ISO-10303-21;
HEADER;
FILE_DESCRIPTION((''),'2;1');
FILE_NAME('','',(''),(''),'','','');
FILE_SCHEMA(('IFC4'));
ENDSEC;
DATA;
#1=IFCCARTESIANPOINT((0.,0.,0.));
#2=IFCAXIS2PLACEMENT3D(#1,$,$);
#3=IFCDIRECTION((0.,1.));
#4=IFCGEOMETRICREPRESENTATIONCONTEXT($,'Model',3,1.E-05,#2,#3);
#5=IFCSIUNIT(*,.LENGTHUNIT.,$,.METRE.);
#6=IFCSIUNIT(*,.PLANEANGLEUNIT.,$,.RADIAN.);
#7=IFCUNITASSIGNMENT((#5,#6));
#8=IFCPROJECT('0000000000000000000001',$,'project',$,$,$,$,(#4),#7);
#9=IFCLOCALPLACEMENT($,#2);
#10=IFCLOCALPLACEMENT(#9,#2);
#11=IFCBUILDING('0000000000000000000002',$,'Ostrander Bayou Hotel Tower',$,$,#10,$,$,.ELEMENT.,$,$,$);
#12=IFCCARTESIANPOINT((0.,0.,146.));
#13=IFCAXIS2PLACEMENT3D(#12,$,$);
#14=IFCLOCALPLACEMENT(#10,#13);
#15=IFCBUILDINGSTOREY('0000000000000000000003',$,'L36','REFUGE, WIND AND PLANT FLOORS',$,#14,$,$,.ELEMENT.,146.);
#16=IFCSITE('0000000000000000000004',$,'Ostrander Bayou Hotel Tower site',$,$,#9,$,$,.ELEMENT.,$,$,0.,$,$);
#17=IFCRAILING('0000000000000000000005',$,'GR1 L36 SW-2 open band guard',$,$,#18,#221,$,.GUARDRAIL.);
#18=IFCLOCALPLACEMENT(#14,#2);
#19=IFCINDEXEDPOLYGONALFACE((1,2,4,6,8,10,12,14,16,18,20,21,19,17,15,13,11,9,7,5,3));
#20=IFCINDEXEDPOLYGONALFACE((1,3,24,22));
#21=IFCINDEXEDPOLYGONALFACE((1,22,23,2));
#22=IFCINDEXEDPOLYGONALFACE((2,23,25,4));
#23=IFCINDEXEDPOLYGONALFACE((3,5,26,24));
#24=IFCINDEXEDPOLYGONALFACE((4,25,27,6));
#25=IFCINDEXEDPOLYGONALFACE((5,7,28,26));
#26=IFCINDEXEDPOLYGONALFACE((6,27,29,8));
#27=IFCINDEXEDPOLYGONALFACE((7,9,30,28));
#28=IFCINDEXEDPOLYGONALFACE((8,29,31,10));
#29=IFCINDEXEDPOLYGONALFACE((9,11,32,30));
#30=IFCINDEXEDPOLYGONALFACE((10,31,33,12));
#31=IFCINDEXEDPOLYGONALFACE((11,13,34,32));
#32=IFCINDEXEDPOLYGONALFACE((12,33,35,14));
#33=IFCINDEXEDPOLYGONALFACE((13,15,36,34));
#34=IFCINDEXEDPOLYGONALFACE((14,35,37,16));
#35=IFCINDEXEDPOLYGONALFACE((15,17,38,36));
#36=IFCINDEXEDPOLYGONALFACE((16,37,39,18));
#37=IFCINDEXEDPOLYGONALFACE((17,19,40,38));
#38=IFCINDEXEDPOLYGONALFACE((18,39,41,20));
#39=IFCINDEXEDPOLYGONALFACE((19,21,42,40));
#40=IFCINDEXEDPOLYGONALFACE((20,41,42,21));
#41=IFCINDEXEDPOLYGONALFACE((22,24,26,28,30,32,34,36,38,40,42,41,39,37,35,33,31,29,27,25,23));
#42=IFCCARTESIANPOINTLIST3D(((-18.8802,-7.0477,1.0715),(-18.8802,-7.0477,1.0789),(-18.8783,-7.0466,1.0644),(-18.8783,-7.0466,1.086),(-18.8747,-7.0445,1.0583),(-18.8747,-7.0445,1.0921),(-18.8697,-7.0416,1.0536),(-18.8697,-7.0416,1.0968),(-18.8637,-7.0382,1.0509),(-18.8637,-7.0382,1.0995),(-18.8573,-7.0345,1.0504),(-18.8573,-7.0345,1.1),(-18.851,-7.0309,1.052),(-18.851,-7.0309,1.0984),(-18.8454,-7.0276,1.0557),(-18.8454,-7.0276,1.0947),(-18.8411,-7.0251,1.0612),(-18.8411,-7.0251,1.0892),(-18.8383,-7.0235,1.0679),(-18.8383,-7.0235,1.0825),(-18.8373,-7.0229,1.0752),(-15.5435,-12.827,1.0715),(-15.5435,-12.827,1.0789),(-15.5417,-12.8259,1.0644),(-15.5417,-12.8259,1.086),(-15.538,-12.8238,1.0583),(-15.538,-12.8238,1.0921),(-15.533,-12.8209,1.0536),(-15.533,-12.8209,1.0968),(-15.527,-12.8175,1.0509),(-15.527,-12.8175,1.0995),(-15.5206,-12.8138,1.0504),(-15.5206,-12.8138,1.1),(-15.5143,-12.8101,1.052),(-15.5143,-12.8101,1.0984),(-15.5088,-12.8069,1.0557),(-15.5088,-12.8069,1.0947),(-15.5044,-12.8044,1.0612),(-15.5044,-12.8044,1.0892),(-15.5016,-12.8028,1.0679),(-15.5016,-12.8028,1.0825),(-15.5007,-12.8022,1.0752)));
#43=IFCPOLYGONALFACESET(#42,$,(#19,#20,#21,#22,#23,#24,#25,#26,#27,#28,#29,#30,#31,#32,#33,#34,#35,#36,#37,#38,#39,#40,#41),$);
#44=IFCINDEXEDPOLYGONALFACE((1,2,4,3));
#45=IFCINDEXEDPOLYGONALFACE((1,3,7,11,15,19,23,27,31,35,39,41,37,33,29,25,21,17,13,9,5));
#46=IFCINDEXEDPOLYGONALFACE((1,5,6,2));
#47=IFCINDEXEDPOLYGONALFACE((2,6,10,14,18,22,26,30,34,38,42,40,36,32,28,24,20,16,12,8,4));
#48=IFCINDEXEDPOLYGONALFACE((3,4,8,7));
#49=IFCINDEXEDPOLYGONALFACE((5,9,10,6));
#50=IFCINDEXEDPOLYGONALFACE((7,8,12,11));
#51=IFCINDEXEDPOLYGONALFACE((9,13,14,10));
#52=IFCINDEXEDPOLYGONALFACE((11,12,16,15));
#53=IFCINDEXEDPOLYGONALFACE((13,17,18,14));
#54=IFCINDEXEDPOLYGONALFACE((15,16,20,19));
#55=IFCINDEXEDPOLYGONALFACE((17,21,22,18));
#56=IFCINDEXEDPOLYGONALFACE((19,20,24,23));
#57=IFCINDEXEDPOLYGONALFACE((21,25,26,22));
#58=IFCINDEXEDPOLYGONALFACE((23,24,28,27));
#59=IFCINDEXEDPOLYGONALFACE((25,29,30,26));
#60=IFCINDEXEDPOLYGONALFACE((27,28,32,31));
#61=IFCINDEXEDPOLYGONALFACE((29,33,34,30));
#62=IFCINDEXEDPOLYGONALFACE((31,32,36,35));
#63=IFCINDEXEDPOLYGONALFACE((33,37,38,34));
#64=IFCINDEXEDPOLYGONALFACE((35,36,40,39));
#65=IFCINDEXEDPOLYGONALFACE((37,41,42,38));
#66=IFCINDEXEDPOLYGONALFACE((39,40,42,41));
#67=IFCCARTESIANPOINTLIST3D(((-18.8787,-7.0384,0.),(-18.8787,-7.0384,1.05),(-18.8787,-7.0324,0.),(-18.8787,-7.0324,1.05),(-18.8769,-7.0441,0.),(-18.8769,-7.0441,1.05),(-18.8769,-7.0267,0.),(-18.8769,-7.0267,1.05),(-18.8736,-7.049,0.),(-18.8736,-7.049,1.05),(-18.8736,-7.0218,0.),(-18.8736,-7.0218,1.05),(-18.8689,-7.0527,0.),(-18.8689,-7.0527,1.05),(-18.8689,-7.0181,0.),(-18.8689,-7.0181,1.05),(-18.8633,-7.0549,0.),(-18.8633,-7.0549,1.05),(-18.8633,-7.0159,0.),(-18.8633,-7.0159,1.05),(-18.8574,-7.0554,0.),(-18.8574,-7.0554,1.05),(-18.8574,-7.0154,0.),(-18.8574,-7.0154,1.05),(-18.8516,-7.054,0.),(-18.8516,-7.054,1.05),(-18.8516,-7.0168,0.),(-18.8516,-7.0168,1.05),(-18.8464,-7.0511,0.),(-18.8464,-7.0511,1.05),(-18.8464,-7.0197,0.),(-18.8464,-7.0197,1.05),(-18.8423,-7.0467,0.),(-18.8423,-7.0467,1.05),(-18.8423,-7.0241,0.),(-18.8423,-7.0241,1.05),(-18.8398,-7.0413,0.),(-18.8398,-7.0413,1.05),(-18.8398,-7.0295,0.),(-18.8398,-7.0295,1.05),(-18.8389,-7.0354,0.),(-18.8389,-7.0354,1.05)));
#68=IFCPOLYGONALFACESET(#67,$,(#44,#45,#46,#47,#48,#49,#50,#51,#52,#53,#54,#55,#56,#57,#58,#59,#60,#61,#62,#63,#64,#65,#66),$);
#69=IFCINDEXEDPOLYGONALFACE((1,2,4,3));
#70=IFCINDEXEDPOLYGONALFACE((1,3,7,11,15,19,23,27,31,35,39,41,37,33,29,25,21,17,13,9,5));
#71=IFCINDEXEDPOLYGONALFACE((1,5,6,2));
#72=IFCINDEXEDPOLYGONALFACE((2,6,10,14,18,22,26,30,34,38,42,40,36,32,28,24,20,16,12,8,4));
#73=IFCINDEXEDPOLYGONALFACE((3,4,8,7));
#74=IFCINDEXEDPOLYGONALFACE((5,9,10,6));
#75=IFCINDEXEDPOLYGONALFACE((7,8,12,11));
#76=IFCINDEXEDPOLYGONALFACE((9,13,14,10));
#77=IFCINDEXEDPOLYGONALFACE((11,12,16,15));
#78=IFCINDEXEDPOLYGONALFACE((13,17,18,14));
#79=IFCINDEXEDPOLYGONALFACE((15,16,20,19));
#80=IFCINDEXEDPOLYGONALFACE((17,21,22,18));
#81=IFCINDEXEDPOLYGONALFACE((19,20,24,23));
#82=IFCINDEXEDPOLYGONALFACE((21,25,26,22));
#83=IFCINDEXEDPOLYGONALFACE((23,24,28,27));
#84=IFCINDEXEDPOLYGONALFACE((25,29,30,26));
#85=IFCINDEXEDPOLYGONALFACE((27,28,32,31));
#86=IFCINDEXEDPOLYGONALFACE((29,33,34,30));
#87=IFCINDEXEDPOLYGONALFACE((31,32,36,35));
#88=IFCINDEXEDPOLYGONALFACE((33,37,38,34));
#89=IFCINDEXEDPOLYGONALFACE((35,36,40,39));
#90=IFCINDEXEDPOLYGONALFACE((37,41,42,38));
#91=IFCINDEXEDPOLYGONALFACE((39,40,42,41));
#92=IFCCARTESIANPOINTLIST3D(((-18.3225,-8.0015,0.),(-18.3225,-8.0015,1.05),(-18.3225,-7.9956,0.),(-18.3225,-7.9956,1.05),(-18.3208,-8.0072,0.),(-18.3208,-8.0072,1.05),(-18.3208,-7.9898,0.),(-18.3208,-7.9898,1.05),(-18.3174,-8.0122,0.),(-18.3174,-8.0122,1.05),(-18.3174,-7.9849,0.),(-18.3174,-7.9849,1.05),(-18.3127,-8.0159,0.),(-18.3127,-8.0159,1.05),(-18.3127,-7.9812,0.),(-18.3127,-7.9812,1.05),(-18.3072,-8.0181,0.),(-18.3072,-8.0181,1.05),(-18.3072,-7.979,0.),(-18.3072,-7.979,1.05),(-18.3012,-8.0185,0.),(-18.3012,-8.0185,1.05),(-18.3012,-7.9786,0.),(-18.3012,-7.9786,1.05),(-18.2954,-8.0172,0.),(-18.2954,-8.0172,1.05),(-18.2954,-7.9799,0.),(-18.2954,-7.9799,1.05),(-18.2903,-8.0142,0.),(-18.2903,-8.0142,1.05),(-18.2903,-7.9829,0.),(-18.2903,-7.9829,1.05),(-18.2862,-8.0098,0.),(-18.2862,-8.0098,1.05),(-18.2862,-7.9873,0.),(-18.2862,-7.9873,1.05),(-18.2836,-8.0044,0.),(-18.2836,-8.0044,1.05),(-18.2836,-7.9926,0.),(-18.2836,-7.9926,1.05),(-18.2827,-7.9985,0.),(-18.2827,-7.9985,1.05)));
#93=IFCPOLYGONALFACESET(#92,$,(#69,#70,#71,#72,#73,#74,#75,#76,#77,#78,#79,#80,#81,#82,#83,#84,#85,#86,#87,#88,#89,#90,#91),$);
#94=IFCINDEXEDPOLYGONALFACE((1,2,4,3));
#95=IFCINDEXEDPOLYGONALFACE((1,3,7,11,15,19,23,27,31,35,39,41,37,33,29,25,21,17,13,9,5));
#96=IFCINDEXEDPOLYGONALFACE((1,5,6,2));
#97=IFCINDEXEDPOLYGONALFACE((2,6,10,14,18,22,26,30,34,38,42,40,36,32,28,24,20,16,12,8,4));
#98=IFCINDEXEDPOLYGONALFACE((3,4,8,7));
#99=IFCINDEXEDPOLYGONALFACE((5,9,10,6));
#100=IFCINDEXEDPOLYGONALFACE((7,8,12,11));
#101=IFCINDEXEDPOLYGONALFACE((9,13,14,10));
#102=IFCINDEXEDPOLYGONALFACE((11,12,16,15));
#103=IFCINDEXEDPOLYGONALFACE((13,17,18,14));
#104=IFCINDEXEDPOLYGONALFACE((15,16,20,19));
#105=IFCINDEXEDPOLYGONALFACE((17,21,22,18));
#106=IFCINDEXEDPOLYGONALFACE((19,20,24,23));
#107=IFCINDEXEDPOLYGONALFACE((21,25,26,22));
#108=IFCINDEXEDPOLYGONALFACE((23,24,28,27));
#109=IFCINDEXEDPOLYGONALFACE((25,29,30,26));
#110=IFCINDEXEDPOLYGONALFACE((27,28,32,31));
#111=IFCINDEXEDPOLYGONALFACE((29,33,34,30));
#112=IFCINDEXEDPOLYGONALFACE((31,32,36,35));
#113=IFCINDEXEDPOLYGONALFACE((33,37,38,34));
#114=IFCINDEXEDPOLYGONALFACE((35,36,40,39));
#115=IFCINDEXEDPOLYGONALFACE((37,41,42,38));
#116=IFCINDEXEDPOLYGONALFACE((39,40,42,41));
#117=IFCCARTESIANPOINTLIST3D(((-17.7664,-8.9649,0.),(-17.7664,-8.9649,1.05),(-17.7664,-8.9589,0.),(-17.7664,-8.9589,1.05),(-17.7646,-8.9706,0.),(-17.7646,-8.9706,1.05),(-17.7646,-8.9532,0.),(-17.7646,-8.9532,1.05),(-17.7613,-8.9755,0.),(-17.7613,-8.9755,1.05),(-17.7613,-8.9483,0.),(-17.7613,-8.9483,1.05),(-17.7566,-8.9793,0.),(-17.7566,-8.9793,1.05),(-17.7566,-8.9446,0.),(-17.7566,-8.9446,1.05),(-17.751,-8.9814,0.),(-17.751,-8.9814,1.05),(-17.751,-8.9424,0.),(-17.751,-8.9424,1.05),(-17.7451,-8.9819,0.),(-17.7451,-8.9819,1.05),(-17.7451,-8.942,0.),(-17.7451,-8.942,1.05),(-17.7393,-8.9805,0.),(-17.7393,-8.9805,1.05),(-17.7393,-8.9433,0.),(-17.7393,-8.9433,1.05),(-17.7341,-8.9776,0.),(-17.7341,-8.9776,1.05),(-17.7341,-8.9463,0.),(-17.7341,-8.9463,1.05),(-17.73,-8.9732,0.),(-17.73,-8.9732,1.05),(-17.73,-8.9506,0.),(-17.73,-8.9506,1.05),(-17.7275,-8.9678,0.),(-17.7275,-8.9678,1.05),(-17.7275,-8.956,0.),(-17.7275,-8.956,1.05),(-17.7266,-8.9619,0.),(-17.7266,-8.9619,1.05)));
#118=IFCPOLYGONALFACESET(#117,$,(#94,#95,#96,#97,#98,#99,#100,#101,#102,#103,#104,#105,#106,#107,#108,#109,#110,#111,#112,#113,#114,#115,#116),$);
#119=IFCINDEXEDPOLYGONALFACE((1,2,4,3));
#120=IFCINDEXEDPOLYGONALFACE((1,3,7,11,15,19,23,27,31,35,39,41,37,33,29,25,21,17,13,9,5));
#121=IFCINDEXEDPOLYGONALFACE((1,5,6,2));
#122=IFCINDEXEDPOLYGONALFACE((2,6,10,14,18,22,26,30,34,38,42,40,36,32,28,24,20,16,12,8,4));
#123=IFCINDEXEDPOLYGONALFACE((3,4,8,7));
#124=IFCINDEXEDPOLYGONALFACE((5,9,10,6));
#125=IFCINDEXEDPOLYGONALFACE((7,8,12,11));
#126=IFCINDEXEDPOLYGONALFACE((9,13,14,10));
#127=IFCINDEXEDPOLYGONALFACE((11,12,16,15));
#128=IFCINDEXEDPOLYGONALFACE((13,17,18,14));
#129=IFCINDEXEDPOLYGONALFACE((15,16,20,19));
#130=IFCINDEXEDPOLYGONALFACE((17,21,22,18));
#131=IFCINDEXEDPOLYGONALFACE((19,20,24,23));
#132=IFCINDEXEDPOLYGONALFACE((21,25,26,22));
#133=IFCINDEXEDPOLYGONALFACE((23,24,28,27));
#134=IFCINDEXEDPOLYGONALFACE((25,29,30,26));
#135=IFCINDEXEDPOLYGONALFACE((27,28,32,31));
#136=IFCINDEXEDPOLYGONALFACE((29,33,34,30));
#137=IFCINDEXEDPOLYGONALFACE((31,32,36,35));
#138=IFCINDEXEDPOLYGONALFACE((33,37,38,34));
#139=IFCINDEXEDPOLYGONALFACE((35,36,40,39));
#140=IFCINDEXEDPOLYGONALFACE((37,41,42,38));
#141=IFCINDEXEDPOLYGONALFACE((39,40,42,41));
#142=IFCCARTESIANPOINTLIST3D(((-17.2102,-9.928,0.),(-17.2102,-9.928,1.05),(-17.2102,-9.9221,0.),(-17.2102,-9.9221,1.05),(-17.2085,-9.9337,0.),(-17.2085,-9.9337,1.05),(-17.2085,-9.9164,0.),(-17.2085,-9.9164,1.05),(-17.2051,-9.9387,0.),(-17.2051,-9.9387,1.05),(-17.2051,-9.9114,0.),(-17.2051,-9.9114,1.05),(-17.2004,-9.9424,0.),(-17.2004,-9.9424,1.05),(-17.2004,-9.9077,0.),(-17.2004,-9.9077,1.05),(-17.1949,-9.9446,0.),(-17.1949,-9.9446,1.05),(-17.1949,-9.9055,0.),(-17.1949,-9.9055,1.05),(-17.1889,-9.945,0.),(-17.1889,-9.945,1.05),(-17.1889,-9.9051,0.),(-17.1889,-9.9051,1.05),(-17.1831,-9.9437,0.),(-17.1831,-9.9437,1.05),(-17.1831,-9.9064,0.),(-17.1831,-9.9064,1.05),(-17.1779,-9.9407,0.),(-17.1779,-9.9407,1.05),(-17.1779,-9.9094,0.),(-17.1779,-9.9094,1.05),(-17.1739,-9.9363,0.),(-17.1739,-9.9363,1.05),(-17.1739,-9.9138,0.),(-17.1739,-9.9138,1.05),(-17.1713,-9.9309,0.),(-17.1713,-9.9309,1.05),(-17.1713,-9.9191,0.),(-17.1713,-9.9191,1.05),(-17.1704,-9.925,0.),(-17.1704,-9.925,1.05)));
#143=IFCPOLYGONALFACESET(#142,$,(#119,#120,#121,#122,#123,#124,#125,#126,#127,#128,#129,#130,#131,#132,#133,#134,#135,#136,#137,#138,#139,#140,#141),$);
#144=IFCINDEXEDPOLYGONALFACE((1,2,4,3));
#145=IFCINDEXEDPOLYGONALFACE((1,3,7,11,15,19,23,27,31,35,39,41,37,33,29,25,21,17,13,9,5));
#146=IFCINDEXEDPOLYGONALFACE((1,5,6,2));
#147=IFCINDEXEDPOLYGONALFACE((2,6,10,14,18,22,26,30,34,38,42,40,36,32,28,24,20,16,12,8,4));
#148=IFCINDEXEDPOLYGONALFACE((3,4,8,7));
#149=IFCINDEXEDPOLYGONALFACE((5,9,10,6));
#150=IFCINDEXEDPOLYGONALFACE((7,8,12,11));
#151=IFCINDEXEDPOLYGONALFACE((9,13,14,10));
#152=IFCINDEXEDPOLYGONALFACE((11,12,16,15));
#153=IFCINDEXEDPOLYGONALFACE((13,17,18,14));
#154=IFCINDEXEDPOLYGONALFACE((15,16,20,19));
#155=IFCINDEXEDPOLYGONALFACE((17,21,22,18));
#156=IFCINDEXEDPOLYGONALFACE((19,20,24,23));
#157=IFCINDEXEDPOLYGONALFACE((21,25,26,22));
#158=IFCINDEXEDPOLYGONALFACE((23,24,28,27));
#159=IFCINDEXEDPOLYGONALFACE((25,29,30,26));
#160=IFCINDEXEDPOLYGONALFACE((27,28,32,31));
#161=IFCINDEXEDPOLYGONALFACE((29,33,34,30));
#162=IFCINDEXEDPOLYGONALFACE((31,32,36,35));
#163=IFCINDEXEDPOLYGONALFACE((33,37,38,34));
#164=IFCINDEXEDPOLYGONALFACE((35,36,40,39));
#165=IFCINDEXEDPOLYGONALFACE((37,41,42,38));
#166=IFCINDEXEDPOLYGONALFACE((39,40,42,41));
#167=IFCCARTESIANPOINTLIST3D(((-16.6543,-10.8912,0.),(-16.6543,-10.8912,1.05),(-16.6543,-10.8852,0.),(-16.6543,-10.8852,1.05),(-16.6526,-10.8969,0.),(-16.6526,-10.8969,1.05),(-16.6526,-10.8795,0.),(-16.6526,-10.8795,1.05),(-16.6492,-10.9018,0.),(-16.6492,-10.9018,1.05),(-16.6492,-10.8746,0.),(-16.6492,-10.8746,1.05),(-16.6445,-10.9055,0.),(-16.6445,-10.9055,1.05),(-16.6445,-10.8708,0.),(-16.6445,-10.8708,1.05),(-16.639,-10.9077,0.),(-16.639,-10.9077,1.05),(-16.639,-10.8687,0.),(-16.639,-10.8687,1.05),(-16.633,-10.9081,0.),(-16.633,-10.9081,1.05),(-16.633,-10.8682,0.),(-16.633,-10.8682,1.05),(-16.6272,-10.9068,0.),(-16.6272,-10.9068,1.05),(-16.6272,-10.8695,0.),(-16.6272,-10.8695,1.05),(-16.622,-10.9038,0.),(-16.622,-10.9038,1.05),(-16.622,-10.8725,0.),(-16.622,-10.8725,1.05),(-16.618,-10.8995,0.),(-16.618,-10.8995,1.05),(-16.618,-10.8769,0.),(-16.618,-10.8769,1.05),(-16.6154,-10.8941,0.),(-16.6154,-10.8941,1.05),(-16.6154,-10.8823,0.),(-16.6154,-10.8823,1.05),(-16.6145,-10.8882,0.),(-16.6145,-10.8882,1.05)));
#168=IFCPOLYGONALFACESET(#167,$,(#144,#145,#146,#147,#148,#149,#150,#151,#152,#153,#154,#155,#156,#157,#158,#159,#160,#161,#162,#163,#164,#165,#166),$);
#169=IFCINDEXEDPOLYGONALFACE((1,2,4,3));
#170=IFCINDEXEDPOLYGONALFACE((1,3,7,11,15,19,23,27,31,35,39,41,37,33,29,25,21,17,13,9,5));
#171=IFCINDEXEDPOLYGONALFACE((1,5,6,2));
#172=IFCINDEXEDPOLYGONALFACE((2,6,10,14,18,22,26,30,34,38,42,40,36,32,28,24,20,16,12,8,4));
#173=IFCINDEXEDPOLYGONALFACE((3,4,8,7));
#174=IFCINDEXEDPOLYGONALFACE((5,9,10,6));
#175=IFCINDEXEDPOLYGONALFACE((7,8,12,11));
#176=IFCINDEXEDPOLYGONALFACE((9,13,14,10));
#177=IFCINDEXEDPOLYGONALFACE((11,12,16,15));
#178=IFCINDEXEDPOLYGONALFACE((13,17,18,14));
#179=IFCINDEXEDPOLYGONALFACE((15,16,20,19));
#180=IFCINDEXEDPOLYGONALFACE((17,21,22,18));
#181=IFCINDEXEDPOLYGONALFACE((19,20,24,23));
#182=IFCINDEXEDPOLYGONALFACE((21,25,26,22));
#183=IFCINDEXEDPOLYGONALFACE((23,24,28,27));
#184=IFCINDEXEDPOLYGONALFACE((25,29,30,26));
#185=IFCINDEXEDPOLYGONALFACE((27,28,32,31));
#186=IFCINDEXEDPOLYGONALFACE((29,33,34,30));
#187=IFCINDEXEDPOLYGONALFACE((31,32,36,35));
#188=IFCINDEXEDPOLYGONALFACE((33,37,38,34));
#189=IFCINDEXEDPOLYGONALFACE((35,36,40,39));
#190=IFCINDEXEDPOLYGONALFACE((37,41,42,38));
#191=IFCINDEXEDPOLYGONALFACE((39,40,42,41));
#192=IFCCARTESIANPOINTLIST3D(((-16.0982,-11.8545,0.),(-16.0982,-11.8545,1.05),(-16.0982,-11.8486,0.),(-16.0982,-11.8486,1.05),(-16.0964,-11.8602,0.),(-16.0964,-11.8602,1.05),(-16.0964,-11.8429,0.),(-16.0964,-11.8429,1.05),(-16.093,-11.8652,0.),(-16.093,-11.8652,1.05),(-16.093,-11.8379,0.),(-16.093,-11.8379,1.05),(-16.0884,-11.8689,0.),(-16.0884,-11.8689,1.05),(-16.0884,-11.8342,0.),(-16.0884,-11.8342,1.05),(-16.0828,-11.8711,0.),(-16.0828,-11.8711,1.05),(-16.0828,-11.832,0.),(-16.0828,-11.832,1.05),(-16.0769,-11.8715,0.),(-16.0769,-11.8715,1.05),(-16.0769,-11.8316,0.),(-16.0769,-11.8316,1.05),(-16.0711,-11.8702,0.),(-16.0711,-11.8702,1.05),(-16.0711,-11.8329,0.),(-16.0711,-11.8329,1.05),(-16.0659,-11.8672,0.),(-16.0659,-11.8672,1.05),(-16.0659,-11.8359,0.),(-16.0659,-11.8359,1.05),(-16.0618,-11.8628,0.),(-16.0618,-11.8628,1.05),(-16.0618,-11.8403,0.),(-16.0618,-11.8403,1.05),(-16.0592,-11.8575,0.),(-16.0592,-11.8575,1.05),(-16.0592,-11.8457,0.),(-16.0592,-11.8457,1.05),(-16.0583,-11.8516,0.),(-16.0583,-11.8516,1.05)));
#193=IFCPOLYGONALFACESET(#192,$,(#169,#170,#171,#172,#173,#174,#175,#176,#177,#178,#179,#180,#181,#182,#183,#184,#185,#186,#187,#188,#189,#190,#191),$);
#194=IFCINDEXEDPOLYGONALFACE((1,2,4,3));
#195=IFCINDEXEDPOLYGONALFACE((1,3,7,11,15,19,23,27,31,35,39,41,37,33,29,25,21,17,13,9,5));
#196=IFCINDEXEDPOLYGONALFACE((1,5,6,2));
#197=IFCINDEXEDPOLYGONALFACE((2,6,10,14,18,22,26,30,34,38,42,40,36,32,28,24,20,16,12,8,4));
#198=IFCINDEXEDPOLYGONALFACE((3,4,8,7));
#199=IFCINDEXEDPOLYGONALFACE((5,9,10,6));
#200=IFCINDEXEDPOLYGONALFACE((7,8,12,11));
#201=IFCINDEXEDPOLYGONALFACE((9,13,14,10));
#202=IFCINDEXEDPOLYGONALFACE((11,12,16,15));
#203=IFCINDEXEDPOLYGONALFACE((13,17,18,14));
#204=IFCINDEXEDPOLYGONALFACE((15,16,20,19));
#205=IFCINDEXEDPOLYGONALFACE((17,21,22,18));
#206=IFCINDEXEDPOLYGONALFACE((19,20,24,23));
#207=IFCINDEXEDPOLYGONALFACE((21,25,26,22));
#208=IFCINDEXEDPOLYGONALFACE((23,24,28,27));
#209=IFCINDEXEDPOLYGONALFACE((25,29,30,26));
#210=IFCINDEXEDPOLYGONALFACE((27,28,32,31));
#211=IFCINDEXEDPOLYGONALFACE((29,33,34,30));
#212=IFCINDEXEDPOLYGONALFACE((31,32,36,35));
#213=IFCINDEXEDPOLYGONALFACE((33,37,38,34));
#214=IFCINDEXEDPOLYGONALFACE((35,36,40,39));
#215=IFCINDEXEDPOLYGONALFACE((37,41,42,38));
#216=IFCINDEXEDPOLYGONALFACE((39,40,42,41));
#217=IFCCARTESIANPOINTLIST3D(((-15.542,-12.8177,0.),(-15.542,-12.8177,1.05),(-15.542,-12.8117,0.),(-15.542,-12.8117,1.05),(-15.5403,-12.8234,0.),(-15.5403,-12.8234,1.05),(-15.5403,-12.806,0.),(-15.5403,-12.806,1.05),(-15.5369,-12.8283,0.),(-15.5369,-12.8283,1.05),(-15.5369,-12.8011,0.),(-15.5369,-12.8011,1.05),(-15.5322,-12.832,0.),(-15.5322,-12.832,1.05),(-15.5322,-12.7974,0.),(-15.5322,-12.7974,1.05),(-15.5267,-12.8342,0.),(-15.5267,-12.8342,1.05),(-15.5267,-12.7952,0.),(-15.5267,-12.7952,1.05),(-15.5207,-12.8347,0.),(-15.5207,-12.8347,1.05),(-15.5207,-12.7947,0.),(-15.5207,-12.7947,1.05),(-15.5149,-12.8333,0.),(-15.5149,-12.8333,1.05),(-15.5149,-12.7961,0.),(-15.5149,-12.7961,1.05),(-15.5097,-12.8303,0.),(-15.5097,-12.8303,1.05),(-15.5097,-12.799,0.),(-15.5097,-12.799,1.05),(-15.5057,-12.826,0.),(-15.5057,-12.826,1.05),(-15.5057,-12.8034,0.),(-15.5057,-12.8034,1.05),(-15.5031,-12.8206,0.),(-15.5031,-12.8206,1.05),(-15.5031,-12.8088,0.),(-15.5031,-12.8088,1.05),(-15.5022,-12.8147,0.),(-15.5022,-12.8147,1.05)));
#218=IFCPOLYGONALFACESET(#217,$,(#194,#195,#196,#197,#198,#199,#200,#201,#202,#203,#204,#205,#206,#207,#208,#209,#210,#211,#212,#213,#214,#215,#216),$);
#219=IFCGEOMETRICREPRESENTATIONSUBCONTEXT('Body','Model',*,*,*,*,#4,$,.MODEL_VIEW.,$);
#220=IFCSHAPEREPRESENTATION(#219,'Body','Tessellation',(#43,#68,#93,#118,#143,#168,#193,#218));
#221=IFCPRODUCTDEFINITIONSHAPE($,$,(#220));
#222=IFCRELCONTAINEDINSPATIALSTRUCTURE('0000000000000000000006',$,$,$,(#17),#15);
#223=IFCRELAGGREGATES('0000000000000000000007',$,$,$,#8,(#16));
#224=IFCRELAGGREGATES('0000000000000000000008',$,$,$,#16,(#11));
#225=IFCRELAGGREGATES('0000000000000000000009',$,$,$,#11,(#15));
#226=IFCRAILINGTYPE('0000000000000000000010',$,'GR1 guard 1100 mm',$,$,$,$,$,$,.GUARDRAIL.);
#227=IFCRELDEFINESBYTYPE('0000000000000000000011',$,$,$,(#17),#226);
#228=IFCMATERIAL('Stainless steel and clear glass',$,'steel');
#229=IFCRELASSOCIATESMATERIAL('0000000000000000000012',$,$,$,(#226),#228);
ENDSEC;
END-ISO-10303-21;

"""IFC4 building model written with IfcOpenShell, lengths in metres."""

from ifc_helpers import new_model, si_unit, direction, frame, origin, origin_2d, place, context, subcontext, project, spatial, circle, extrude, material, type_object, element, save


model = new_model("IFC4")

# Units and contexts
model_context = context("Model", 3, precision=1e-05, world=origin(), true_north=direction((0.0, 1.0)))
body_context = subcontext(model_context, "Body", "Model", "MODEL_VIEW")
ifc_project = project(units=[si_unit("LENGTHUNIT", "METRE"), si_unit("PLANEANGLEUNIT", "RADIAN")], contexts=[model_context])

# Site, building, storey
site_placement = place(None, origin())
site = spatial("IfcSite", under=ifc_project, at=site_placement, Name="Ostrander Bayou Hotel Tower site", CompositionType="ELEMENT", RefElevation=0.0)
building_placement = place(site_placement, origin())
building = spatial("IfcBuilding", under=site, at=building_placement, Name="Ostrander Bayou Hotel Tower", CompositionType="ELEMENT")
storey_placement = place(building_placement, frame((0.0, 0.0, 146.0)))
storey = spatial("IfcBuildingStorey", under=building, at=storey_placement, Name="L36", Description="REFUGE, WIND AND PLANT FLOORS", CompositionType="ELEMENT", Elevation=146.0)

# Railing
ifc_material_1 = material(Name="Stainless steel and clear glass", Category="steel")
railing_type = type_object("IfcRailingType", Name="GR1 guard 1100 mm", PredefinedType="GUARDRAIL", material=ifc_material_1)
railing_1_placement = place(storey_placement, frame((-18.8589, -7.0354, 0.0)))
element("IfcRailing", 1, at=railing_1_placement, inside=storey, type_object=railing_type, Name="GR1 L36 SW-2 open band guard", PredefinedType="GUARDRAIL", context=body_context, shape_type="SweptSolid", body=[
    extrude(circle(Radius=0.0249, at=origin_2d()), frame((0.0, 0.0, 1.0752), z_axis=(0.499999, -0.866026, 0.0), x_axis=(0.866026, 0.499999, 0.0)), (0.0, 0.0, 1.0), 6.6733),
    extrude(circle(Radius=0.02, at=origin_2d()), origin(), (0.0, 0.0, 1.0), 1.05),
    extrude(circle(Radius=0.02, at=origin_2d()), frame((0.5562, -0.9631, 0.0)), (0.0, 0.0, 1.0), 1.05),
    extrude(circle(Radius=0.02, at=origin_2d()), frame((1.1123, -1.9265, 0.0)), (0.0, 0.0, 1.0), 1.05),
    extrude(circle(Radius=0.02, at=origin_2d()), frame((1.6685, -2.8896, 0.0)), (0.0, 0.0, 1.0), 1.05),
    extrude(circle(Radius=0.02, at=origin_2d()), frame((2.2244, -3.8528, 0.0)), (0.0, 0.0, 1.0), 1.05),
    extrude(circle(Radius=0.02, at=origin_2d()), frame((2.7805, -4.8162, 0.0)), (0.0, 0.0, 1.0), 1.05),
    extrude(circle(Radius=0.02, at=origin_2d()), frame((3.3367, -5.7793, 0.0)), (0.0, 0.0, 1.0), 1.05),
])

save(model, "model.ifc")
